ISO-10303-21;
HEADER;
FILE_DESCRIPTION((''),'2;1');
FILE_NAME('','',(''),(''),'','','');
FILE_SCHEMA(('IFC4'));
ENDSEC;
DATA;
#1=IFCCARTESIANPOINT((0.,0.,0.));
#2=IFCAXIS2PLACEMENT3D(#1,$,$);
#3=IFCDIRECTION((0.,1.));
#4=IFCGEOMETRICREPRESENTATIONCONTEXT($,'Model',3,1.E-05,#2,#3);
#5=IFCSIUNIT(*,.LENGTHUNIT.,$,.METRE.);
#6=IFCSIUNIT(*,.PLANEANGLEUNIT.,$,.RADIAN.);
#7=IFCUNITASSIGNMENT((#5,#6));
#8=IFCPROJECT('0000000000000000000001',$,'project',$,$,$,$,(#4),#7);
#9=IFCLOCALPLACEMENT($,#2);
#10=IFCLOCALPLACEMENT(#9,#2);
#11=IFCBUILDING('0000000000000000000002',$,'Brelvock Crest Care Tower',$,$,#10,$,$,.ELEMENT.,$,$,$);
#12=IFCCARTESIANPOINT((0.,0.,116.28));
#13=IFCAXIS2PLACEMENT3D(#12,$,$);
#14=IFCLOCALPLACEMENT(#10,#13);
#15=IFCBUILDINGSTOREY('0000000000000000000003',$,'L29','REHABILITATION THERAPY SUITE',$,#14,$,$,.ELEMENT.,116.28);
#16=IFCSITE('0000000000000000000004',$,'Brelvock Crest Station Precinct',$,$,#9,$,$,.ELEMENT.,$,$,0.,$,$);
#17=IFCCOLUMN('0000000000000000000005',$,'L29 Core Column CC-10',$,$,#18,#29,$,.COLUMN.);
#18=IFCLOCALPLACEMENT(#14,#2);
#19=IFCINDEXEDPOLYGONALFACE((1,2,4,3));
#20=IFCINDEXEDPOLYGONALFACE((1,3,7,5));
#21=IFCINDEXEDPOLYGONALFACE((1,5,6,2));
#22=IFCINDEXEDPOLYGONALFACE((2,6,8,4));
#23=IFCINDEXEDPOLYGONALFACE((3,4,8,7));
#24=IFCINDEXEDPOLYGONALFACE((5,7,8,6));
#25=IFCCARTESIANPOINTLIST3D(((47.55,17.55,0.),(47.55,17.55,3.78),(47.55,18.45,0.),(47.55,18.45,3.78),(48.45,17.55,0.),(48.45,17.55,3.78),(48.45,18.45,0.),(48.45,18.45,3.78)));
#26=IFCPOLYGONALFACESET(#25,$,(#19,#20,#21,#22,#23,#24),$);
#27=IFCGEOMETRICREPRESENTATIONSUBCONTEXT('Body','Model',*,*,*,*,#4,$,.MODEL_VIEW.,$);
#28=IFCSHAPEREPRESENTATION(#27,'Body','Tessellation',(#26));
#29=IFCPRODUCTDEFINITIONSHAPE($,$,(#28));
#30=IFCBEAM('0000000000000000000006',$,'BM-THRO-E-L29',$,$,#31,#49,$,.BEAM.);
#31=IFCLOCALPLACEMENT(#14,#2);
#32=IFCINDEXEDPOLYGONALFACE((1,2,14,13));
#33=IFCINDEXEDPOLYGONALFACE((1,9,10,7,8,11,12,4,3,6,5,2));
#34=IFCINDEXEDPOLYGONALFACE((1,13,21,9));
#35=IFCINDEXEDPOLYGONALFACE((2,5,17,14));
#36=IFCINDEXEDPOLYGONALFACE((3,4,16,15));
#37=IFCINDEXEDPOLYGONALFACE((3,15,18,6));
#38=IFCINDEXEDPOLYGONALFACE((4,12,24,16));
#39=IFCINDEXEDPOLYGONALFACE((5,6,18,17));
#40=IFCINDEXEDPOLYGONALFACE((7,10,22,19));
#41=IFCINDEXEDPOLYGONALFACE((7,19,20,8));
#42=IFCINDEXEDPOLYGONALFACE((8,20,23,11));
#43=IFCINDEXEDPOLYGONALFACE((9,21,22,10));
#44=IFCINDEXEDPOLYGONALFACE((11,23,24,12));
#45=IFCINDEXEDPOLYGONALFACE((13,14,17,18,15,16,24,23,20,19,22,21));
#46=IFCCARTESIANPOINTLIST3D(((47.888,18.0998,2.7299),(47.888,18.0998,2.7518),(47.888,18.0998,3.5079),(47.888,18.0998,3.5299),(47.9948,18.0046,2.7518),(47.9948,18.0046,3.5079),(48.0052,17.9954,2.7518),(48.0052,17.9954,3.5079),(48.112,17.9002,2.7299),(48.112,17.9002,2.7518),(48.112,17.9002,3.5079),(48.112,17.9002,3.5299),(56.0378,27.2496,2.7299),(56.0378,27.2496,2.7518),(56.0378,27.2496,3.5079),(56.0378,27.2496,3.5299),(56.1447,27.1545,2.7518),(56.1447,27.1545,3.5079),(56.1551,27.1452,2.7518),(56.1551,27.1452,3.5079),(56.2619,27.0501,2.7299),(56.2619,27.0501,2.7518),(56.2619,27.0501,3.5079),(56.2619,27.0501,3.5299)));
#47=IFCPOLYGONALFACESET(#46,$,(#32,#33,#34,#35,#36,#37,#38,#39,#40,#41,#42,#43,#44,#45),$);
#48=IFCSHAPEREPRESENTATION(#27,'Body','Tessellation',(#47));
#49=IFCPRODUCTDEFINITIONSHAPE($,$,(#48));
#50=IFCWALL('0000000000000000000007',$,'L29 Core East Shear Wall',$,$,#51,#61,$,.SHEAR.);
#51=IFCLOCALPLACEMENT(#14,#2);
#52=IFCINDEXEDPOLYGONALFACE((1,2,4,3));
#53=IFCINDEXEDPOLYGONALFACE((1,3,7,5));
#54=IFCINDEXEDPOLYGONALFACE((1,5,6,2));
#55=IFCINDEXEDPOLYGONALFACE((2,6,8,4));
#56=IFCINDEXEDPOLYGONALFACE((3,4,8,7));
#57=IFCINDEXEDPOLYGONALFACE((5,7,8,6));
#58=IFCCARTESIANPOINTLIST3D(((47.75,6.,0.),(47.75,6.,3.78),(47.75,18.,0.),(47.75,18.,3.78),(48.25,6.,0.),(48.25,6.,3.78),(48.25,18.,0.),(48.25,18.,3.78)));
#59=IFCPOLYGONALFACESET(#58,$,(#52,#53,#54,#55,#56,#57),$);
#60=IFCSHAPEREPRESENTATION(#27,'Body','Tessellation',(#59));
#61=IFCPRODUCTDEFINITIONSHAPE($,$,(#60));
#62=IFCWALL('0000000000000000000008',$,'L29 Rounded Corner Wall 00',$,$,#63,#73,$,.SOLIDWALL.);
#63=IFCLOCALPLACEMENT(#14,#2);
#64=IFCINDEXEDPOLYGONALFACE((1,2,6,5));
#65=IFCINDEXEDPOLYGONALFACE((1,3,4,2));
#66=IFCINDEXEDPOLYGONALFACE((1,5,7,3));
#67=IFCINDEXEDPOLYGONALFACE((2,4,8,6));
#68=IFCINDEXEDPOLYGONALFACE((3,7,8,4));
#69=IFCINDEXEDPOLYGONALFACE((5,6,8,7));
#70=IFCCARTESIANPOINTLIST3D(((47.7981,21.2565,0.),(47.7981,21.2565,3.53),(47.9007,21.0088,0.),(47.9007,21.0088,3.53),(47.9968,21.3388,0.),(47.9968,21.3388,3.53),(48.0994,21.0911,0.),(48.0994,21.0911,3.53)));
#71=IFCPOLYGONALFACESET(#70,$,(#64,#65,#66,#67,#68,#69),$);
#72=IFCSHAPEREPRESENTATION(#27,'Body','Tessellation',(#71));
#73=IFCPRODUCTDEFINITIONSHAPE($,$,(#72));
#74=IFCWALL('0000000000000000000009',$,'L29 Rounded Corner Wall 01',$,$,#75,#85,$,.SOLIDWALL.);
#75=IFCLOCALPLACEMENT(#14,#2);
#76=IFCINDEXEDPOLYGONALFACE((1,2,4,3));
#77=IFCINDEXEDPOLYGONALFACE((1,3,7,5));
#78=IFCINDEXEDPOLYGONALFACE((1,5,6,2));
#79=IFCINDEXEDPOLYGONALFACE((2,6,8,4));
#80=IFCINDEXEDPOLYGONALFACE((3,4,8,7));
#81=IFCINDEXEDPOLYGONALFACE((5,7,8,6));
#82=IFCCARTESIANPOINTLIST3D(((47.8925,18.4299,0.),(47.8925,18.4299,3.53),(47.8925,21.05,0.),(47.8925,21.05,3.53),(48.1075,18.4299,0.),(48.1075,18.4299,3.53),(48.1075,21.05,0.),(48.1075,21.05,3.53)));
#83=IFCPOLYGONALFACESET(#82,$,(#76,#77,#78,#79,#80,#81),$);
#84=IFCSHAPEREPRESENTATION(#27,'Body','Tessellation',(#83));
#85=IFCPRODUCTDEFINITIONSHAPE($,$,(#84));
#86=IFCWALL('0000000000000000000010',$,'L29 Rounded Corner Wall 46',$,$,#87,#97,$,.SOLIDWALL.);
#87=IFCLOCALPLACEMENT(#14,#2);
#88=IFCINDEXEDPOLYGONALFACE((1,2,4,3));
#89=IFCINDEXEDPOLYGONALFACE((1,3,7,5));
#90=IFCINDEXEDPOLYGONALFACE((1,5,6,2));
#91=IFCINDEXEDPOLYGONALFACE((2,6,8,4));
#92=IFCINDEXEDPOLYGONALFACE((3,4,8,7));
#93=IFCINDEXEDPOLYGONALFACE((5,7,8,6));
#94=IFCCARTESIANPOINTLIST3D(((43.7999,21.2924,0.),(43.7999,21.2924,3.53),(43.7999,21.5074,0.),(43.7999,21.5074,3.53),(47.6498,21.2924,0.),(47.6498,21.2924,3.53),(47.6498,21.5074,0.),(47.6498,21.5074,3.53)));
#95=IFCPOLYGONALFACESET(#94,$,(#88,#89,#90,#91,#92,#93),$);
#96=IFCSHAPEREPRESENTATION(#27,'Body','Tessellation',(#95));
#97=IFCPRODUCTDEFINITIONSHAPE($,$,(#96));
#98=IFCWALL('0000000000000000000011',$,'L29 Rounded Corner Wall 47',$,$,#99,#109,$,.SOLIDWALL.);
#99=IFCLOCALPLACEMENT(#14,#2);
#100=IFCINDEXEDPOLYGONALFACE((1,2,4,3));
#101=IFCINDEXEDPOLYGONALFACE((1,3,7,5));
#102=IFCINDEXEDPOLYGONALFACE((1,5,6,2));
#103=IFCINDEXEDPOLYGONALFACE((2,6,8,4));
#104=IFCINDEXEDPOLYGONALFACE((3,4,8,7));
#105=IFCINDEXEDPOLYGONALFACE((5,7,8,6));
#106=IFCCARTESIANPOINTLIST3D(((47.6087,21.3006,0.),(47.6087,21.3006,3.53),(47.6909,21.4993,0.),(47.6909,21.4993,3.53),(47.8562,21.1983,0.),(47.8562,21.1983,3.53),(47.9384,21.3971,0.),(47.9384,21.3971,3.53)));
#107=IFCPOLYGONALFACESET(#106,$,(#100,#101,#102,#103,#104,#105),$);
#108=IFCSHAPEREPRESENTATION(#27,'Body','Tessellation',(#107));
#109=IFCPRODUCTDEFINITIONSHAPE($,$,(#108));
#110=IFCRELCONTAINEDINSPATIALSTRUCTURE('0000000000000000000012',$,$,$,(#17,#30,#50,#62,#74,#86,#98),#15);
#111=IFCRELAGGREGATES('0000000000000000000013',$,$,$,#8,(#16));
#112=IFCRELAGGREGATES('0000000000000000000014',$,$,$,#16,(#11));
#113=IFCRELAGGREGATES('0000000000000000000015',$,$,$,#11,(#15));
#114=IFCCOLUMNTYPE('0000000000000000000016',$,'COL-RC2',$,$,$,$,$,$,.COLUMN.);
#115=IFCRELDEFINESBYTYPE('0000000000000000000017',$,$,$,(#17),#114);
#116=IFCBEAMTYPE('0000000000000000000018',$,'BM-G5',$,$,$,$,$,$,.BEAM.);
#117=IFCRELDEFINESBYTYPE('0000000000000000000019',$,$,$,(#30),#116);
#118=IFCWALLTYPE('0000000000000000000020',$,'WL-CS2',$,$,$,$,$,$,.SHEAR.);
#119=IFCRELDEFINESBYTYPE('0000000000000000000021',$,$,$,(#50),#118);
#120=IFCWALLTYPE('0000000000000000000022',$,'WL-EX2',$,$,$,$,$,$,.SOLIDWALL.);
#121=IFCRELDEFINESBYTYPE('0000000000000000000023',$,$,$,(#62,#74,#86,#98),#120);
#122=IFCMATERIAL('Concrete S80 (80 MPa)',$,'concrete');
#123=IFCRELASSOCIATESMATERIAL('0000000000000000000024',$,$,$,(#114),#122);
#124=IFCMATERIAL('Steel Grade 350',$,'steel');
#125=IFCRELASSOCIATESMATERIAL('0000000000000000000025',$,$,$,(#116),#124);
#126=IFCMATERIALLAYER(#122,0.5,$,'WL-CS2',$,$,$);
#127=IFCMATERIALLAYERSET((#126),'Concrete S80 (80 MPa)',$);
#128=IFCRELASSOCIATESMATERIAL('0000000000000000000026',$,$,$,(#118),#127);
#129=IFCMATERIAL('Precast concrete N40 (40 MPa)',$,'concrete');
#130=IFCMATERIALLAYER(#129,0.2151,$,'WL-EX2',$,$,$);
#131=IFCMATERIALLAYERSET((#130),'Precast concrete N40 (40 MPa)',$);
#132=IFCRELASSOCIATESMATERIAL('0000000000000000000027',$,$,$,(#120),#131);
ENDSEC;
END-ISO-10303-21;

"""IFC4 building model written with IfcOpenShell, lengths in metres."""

from ifc_helpers import new_model, si_unit, direction, frame, frame_2d, origin, origin_2d, place, context, subcontext, project, spatial, rectangle, i_section, extrude, source, transform, mapped, material, layer, layer_set, material_profile, profile_set, type_object, element, save


model = new_model("IFC4")

# Units and contexts
model_context = context("Model", 3, precision=1e-05, world=origin(), true_north=direction((0.0, 1.0)))
body_context = subcontext(model_context, "Body", "Model", "MODEL_VIEW")
ifc_project = project(units=[si_unit("LENGTHUNIT", "METRE"), si_unit("PLANEANGLEUNIT", "RADIAN")], contexts=[model_context])

# Site, building, storey
site_placement = place(None, origin())
site = spatial("IfcSite", under=ifc_project, at=site_placement, Name="Brelvock Crest Station Precinct", CompositionType="ELEMENT", RefElevation=0.0)
building_placement = place(site_placement, origin())
building = spatial("IfcBuilding", under=site, at=building_placement, Name="Brelvock Crest Care Tower", CompositionType="ELEMENT")
storey_placement = place(building_placement, frame((0.0, 0.0, 116.28)))
storey = spatial("IfcBuildingStorey", under=building, at=storey_placement, Name="L29", Description="REHABILITATION THERAPY SUITE", CompositionType="ELEMENT", Elevation=116.28)

# Column
ifc_material_1 = material(Name="Concrete S80 (80 MPa)", Category="concrete")
ifc_material_profile_1 = material_profile(ifc_material_1, rectangle(XDim=0.8999, YDim=0.8999, at=origin_2d()), Name="RC900x900")
ifc_profile_set_1 = profile_set([ifc_material_profile_1], Name="Concrete S80 (80 MPa)")
column_type = type_object("IfcColumnType", Name="COL-RC2", PredefinedType="COLUMN", material=ifc_profile_set_1)
shared_shape_1 = source(origin(), body_context, "Body", "SweptSolid", [
    extrude(rectangle(XDim=0.8999, YDim=0.8999, at=origin_2d()), origin(), (0.0, 0.0, 1.0), 3.78),
])
column_placement = place(storey_placement, frame((48.0, 18.0, 0.0), z_axis=(0.0, 0.0, 1.0), x_axis=(1.0, 0.0, 0.0)))
element("IfcColumn", 1, at=column_placement, inside=storey, type_object=column_type, Name="L29 Core Column CC-10", PredefinedType="COLUMN", context=body_context, shape_type="MappedRepresentation", body=[
    mapped(shared_shape_1, transform((0.0, 0.0, 0.0), x_axis=(1.0, 0.0, 0.0), y_axis=(0.0, 1.0, 0.0), z_axis=(0.0, 0.0, 1.0), scale=1.0)),
])

# Beam
ifc_material_2 = material(Name="Steel Grade 350", Category="steel")
ifc_material_profile_2 = material_profile(ifc_material_2, i_section(OverallWidth=0.3, OverallDepth=0.8, WebThickness=0.0139, FlangeThickness=0.022, at=origin_2d()), Name="800WB192")
ifc_profile_set_2 = profile_set([ifc_material_profile_2], Name="Steel Grade 350")
beam_type = type_object("IfcBeamType", Name="BM-G5", PredefinedType="BEAM", material=ifc_profile_set_2)
shared_shape_2 = source(origin(), body_context, "Body", "SweptSolid", [
    extrude(i_section(OverallWidth=0.3, OverallDepth=0.8, WebThickness=0.0139, FlangeThickness=0.022, at=origin_2d()), origin(), (0.0, 0.0, 1.0), 12.2532),
])
beam_placement = place(storey_placement, frame((48.0, 18.0, 3.1299), z_axis=(0.665123, 0.746734, 0.0), x_axis=(-0.746734, 0.665123, 0.0)))
element("IfcBeam", 2, at=beam_placement, inside=storey, type_object=beam_type, Name="BM-THRO-E-L29", PredefinedType="BEAM", context=body_context, shape_type="MappedRepresentation", body=[
    mapped(shared_shape_2, transform((0.0, 0.0, 0.0), x_axis=(1.0, 0.0, 0.0), y_axis=(0.0, 1.0, 0.0), z_axis=(0.0, 0.0, 1.0), scale=1.0)),
])

# Walls
ifc_layer_1 = layer(ifc_material_1, 0.5, Name="WL-CS2")
ifc_layer_set_1 = layer_set([ifc_layer_1], Name="Concrete S80 (80 MPa)")
wall_type_1 = type_object("IfcWallType", Name="WL-CS2", PredefinedType="SHEAR", material=ifc_layer_set_1)
wall_1_placement = place(storey_placement, frame((48.0, 18.0, 0.0), z_axis=(0.0, 0.0, 1.0), x_axis=(0.0, -1.0, 0.0)))
element("IfcWall", 3, at=wall_1_placement, inside=storey, type_object=wall_type_1, Name="L29 Core East Shear Wall", PredefinedType="SHEAR", context=body_context, shape_type="SweptSolid", body=[
    extrude(rectangle(XDim=12.0, YDim=0.5, at=frame_2d((6.0, 0.0))), origin(), (0.0, 0.0, 1.0), 3.78),
])
ifc_material_3 = material(Name="Precast concrete N40 (40 MPa)", Category="concrete")
ifc_layer_2 = layer(ifc_material_3, 0.2151, Name="WL-EX2")
ifc_layer_set_2 = layer_set([ifc_layer_2], Name="Precast concrete N40 (40 MPa)")
wall_type_2 = type_object("IfcWallType", Name="WL-EX2", PredefinedType="SOLIDWALL", material=ifc_layer_set_2)
wall_2_placement = place(storey_placement, frame((47.8975, 21.2976, 0.0), z_axis=(0.0, 0.0, 1.0), x_axis=(0.382674, -0.923884, 0.0)))
element("IfcWall", 4, at=wall_2_placement, inside=storey, type_object=wall_type_2, Name="L29 Rounded Corner Wall 00", PredefinedType="SOLIDWALL", context=body_context, shape_type="SweptSolid", body=[
    extrude(rectangle(XDim=0.2681, YDim=0.2151, at=frame_2d((0.134, 0.0))), origin(), (0.0, 0.0, 1.0), 3.53),
])
wall_3_placement = place(storey_placement, frame((48.0, 21.05, 0.0), z_axis=(0.0, 0.0, 1.0), x_axis=(0.0, -1.0, 0.0)))
element("IfcWall", 5, at=wall_3_placement, inside=storey, type_object=wall_type_2, Name="L29 Rounded Corner Wall 01", PredefinedType="SOLIDWALL", context=body_context, shape_type="SweptSolid", body=[
    extrude(rectangle(XDim=2.6201, YDim=0.2151, at=frame_2d((1.3101, 0.0))), origin(), (0.0, 0.0, 1.0), 3.53),
])
wall_4_placement = place(storey_placement, frame((43.8, 21.3999, 0.0), z_axis=(0.0, 0.0, 1.0), x_axis=(1.0, 0.0, 0.0)))
element("IfcWall", 6, at=wall_4_placement, inside=storey, type_object=wall_type_2, Name="L29 Rounded Corner Wall 46", PredefinedType="SOLIDWALL", context=body_context, shape_type="SweptSolid", body=[
    extrude(rectangle(XDim=3.8499, YDim=0.2151, at=frame_2d((1.9248, 0.0))), origin(), (0.0, 0.0, 1.0), 3.53),
])
wall_5_placement = place(storey_placement, frame((47.6499, 21.3999, 0.0), z_axis=(0.0, 0.0, 1.0), x_axis=(0.924205, -0.381896, 0.0)))
element("IfcWall", 7, at=wall_5_placement, inside=storey, type_object=wall_type_2, Name="L29 Rounded Corner Wall 47", PredefinedType="SOLIDWALL", context=body_context, shape_type="SweptSolid", body=[
    extrude(rectangle(XDim=0.2678, YDim=0.2151, at=frame_2d((0.1338, 0.0))), origin(), (0.0, 0.0, 1.0), 3.53),
])

save(model, "model.ifc")
